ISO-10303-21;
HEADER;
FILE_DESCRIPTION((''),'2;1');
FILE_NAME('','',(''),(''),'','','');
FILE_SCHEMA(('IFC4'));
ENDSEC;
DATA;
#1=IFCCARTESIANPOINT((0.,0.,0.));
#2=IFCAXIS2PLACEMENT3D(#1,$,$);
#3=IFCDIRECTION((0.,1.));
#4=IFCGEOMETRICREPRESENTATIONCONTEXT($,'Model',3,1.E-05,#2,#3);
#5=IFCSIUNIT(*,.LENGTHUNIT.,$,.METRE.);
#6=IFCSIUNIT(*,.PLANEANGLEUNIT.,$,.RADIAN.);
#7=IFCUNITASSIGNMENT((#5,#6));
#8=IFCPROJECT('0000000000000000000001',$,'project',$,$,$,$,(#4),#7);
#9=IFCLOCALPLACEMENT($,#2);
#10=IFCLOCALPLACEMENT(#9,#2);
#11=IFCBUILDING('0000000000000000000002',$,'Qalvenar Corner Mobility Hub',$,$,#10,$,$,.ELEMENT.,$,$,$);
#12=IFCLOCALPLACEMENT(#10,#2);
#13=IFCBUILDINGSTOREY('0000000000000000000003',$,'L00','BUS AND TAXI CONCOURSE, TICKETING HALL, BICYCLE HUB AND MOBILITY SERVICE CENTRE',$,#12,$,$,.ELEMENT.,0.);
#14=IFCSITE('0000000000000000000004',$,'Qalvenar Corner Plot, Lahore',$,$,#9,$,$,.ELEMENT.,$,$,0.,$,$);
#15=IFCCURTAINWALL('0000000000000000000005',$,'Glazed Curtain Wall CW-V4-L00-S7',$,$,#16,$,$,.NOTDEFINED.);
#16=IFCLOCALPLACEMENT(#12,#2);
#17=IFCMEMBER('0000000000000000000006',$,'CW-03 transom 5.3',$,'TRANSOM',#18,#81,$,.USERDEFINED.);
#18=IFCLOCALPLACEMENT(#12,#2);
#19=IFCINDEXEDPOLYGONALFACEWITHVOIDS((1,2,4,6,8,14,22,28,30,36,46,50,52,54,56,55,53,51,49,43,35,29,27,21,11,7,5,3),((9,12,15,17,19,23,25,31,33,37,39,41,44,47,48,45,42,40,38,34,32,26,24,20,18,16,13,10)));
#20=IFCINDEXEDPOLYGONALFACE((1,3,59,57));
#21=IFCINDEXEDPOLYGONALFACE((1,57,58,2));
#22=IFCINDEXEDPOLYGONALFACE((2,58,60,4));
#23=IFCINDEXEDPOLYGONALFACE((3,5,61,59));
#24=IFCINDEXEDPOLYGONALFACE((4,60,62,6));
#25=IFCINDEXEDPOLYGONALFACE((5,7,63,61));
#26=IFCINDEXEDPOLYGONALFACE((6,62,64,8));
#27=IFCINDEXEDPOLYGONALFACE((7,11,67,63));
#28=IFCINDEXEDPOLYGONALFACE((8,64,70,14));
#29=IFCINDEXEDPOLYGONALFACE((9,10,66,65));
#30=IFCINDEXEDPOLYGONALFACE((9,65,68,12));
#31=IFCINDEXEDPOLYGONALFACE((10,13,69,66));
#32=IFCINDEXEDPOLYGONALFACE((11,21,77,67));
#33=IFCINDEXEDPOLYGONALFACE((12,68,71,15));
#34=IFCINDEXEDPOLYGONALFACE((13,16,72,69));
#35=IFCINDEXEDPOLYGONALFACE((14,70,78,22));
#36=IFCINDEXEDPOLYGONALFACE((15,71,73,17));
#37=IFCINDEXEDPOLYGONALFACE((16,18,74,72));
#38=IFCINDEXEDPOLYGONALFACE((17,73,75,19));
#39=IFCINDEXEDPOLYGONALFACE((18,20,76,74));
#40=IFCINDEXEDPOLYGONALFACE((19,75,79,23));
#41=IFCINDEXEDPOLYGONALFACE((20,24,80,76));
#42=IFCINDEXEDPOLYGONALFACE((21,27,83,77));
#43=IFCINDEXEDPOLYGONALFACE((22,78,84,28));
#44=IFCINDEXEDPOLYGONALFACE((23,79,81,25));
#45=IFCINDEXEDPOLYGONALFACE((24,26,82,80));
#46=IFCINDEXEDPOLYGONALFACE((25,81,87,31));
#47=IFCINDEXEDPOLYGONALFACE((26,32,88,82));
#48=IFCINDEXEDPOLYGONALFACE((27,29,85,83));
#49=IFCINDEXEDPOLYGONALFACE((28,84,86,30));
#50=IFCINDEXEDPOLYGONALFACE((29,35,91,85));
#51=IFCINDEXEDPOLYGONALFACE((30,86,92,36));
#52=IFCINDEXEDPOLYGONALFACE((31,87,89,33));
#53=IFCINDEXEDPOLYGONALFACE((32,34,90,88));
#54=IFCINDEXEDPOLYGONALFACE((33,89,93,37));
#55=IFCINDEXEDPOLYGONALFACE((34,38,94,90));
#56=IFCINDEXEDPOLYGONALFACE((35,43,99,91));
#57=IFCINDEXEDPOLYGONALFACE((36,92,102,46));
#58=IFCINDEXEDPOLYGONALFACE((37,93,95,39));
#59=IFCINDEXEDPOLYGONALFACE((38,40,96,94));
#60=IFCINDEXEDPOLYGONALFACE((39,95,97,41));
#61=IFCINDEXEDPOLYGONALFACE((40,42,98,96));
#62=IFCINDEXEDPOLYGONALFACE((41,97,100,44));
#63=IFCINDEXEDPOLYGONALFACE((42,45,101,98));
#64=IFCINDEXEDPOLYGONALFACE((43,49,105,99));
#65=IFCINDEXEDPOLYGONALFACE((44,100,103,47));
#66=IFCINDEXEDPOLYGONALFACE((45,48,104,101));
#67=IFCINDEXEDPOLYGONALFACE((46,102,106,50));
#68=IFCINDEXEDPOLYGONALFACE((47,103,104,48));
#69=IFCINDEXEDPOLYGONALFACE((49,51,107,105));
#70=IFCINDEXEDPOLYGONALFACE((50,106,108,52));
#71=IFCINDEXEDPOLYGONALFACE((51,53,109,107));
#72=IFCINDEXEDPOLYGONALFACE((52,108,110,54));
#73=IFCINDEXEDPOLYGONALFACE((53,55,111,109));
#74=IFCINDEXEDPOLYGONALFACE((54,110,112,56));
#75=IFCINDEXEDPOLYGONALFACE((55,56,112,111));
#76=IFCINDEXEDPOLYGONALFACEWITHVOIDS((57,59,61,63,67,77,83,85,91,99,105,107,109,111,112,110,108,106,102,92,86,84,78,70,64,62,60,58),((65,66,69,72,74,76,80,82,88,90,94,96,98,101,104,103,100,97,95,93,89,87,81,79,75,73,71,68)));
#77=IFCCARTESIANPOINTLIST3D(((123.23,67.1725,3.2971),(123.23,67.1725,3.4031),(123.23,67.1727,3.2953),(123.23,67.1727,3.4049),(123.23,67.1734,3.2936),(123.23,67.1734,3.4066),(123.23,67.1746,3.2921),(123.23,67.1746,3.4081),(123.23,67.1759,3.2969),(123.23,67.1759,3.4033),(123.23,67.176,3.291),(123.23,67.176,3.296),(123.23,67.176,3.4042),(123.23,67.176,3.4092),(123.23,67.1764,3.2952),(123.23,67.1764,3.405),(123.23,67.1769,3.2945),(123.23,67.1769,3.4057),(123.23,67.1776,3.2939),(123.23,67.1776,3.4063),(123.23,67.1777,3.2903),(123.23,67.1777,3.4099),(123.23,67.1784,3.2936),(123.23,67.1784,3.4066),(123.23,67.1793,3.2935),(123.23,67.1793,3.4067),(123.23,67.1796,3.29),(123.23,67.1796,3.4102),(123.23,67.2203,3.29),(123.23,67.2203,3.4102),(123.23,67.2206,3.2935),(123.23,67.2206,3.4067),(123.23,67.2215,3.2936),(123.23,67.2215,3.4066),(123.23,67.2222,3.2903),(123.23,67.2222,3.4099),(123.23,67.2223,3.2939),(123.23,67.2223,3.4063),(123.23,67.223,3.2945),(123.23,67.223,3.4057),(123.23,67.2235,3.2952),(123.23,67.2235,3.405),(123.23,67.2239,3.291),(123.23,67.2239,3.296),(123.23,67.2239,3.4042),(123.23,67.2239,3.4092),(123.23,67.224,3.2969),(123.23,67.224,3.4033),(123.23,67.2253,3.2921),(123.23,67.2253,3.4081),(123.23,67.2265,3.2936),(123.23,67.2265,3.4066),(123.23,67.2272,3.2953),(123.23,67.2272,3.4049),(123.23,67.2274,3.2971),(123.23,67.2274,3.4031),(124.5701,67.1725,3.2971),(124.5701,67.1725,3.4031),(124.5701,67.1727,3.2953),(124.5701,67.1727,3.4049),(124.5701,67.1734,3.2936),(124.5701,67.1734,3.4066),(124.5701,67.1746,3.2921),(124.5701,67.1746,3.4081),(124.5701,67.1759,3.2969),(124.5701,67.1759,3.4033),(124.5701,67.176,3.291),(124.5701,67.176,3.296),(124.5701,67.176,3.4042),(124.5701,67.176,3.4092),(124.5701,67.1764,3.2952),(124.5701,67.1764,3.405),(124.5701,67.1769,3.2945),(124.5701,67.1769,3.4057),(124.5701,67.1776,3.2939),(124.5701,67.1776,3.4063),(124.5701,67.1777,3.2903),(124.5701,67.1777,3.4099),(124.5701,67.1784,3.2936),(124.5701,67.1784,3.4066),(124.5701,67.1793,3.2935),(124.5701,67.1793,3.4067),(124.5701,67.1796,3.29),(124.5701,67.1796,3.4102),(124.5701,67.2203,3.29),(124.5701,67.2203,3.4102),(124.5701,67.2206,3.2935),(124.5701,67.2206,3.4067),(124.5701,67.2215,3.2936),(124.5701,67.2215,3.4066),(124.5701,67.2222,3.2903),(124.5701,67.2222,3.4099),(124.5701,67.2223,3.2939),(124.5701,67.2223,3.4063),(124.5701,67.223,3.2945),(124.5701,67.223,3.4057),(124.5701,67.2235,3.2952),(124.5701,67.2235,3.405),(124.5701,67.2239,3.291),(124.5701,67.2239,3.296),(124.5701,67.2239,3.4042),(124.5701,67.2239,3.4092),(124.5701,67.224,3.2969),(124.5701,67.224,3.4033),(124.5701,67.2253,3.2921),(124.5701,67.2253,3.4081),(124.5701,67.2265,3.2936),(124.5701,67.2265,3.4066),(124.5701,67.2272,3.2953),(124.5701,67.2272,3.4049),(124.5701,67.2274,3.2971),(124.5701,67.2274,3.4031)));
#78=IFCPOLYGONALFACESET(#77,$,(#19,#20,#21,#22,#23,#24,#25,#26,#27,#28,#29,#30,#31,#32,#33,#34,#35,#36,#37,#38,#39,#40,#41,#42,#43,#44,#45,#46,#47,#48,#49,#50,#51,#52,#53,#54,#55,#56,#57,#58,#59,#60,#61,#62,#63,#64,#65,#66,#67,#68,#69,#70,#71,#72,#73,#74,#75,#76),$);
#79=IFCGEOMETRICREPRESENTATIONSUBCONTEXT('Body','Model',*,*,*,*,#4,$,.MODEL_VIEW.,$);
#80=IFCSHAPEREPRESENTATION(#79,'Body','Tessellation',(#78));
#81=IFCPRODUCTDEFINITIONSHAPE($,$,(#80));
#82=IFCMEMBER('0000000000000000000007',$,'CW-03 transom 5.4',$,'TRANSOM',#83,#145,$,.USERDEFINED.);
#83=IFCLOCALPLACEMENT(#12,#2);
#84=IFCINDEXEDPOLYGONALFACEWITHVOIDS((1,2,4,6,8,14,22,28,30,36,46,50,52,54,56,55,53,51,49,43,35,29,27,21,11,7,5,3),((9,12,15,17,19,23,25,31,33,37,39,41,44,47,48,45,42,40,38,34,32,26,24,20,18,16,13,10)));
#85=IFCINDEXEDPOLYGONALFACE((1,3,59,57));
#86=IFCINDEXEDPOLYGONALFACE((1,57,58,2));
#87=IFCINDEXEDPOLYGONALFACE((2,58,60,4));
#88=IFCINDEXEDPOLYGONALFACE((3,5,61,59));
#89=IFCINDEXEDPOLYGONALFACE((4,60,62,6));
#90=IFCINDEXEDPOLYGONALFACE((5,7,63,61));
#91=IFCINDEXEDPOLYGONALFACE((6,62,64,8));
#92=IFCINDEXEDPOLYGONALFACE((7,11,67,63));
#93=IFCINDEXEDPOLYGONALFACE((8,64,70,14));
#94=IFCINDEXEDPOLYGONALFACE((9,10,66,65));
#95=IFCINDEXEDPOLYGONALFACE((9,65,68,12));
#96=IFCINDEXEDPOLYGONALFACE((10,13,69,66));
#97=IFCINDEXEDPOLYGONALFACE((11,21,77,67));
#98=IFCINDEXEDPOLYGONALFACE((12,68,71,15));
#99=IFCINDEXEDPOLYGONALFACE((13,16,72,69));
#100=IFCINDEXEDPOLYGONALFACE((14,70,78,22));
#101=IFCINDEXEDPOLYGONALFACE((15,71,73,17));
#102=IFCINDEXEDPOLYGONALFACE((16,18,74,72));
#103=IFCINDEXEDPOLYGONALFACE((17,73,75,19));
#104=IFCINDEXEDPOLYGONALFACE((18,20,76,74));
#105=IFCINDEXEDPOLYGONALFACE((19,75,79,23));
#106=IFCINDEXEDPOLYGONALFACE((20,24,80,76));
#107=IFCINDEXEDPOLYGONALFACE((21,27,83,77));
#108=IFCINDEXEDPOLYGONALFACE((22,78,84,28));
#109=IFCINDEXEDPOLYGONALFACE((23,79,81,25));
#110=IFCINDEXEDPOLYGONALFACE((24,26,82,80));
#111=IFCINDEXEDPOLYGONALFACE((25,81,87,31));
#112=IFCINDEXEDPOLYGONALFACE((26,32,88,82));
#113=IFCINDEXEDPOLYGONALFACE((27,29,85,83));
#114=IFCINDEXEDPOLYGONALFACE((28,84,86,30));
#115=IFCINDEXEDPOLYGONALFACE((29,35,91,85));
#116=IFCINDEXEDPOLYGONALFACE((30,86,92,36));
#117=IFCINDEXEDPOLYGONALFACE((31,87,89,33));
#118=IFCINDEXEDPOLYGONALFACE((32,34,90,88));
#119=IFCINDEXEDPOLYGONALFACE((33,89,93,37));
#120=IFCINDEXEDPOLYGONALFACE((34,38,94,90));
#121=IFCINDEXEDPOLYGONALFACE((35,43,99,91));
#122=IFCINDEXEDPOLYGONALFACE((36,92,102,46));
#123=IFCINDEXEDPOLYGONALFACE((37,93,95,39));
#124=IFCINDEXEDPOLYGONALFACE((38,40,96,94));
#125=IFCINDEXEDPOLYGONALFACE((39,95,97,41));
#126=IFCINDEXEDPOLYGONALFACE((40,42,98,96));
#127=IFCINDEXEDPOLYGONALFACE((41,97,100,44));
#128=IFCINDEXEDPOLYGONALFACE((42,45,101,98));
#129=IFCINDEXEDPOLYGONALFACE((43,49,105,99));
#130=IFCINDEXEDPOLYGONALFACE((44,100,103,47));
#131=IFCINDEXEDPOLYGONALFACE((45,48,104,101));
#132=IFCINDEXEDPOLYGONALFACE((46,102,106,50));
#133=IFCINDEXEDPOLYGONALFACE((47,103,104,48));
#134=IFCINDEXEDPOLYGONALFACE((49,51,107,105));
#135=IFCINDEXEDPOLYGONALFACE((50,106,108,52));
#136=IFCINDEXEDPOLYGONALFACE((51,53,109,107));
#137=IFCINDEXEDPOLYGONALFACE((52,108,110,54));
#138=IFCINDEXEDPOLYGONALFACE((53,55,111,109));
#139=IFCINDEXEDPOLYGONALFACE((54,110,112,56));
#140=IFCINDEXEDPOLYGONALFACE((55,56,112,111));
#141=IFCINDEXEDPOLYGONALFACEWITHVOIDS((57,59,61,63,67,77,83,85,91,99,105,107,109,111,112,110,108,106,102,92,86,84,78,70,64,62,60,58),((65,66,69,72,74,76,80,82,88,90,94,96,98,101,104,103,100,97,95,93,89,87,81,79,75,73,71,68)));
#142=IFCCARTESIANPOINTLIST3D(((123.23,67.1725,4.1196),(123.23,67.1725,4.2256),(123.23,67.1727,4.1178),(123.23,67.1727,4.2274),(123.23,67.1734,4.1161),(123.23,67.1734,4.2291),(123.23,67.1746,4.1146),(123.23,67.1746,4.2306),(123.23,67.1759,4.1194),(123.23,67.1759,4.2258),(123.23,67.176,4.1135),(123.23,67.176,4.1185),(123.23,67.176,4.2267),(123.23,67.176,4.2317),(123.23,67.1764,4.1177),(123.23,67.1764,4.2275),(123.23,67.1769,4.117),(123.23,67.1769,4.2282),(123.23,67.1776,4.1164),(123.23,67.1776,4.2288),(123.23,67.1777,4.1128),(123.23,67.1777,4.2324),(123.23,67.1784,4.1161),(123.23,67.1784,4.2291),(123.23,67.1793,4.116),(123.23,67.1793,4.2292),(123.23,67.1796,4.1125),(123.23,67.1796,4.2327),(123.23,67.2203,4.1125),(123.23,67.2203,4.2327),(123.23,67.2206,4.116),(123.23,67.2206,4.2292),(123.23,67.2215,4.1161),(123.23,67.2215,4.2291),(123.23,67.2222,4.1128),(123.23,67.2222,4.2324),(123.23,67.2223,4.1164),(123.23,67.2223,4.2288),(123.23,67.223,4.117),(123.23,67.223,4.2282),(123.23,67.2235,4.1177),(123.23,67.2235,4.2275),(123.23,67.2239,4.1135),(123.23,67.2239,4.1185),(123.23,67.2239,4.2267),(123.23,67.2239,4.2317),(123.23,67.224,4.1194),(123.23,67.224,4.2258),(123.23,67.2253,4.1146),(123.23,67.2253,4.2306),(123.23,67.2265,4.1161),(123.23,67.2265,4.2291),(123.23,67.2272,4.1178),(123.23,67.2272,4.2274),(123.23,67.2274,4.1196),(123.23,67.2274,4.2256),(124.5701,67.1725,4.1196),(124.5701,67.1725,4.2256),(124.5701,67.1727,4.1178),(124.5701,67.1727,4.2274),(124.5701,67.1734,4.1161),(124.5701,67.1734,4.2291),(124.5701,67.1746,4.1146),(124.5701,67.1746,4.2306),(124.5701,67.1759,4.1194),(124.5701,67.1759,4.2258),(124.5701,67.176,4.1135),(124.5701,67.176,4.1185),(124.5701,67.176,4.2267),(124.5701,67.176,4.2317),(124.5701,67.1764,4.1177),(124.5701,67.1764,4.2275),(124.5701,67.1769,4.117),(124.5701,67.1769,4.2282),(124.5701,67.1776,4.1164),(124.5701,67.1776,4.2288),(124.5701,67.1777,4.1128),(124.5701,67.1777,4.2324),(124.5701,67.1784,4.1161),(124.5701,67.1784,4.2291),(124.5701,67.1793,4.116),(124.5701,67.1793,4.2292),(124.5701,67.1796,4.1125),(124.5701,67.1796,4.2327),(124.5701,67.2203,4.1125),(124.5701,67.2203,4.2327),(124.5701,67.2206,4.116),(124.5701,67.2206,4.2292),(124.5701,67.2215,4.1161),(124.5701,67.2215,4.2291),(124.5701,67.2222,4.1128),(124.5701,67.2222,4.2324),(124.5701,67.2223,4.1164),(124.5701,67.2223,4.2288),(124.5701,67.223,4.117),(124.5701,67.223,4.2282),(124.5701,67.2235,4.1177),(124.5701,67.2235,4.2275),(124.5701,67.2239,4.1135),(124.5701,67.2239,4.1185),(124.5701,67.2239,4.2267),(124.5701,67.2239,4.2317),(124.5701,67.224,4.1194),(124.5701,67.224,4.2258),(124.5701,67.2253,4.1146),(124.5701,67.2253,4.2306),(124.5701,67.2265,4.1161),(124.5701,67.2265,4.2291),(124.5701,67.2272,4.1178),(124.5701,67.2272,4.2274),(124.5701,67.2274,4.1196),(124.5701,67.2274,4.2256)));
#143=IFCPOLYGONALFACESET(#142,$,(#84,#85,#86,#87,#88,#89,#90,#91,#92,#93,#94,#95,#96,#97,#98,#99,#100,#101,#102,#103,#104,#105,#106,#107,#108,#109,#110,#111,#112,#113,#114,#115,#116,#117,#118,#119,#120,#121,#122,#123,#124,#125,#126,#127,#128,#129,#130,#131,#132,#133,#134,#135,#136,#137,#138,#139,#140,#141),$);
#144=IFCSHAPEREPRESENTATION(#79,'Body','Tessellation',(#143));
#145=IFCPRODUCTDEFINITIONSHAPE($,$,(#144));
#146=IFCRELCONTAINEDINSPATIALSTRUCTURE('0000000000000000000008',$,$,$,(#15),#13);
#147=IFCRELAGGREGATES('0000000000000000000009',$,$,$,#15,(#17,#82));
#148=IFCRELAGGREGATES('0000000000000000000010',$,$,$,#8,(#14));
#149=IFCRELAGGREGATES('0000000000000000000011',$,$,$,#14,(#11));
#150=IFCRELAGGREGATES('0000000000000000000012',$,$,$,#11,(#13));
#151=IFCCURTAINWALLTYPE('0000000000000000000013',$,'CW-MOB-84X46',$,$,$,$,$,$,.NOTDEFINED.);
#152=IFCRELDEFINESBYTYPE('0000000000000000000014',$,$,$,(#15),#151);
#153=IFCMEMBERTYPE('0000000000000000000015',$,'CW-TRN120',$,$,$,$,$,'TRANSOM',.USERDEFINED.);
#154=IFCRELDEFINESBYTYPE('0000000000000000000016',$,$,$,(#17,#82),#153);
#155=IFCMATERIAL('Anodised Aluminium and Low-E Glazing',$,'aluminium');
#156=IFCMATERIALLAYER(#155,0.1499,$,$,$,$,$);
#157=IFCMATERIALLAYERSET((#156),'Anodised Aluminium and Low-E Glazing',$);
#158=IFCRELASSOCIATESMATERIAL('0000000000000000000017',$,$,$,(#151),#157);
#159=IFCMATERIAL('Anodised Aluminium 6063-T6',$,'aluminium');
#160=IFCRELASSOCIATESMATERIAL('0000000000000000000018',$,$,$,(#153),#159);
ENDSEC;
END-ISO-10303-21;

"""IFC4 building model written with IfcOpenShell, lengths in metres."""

from ifc_helpers import new_model, si_unit, direction, frame, origin, origin_2d, place, context, subcontext, project, spatial, hollow_rectangle, extrude, material, layer, layer_set, material_profile, profile_set, type_object, element, aggregate, save


model = new_model("IFC4")

# Units and contexts
model_context = context("Model", 3, precision=1e-05, world=origin(), true_north=direction((0.0, 1.0)))
body_context = subcontext(model_context, "Body", "Model", "MODEL_VIEW")
ifc_project = project(units=[si_unit("LENGTHUNIT", "METRE"), si_unit("PLANEANGLEUNIT", "RADIAN")], contexts=[model_context])

# Site, building, storey
site_placement = place(None, origin())
site = spatial("IfcSite", under=ifc_project, at=site_placement, Name="Qalvenar Corner Plot, Lahore", CompositionType="ELEMENT", RefElevation=0.0)
building_placement = place(site_placement, origin())
building = spatial("IfcBuilding", under=site, at=building_placement, Name="Qalvenar Corner Mobility Hub", CompositionType="ELEMENT")
storey_placement = place(building_placement, origin())
storey = spatial("IfcBuildingStorey", under=building, at=storey_placement, Name="L00", Description="BUS AND TAXI CONCOURSE, TICKETING HALL, BICYCLE HUB AND MOBILITY SERVICE CENTRE", CompositionType="ELEMENT", Elevation=0.0)

# Curtain wall, members
ifc_material_1 = material(Name="Anodised Aluminium and Low-E Glazing", Category="aluminium")
ifc_layer_1 = layer(ifc_material_1, 0.1499)
ifc_layer_set_1 = layer_set([ifc_layer_1], Name="Anodised Aluminium and Low-E Glazing")
curtain_wall_type = type_object("IfcCurtainWallType", Name="CW-MOB-84X46", PredefinedType="NOTDEFINED", material=ifc_layer_set_1)
curtain_wall_placement = place(storey_placement, origin())
curtain_wall = element("IfcCurtainWall", 1, at=curtain_wall_placement, inside=storey, type_object=curtain_wall_type, Name="Glazed Curtain Wall CW-V4-L00-S7", PredefinedType="NOTDEFINED")
ifc_material_2 = material(Name="Anodised Aluminium 6063-T6", Category="aluminium")
ifc_material_profile_1 = material_profile(ifc_material_2, hollow_rectangle(XDim=0.0549, YDim=0.1201, WallThickness=0.0034, InnerFilletRadius=0.0034, OuterFilletRadius=0.0071, at=origin_2d()), Name="RHS120x55x3.5")
ifc_profile_set_1 = profile_set([ifc_material_profile_1], Name="Anodised Aluminium 6063-T6")
member_type_1 = type_object("IfcMemberType", Name="CW-TRN120", ElementType="TRANSOM", PredefinedType="USERDEFINED", material=ifc_profile_set_1)
member_1_placement = place(storey_placement, frame((123.23, 67.2, 3.3501), z_axis=(1.0, 0.0, 0.0), x_axis=(0.0, 1.0, 0.0)))
member_1 = element("IfcMember", 2, at=member_1_placement, type_object=member_type_1, Name="CW-03 transom 5.3", ObjectType="TRANSOM", PredefinedType="USERDEFINED", context=body_context, shape_type="SweptSolid", body=[
    extrude(hollow_rectangle(XDim=0.0549, YDim=0.1201, WallThickness=0.0034, InnerFilletRadius=0.0034, OuterFilletRadius=0.0071, at=origin_2d()), origin(), (0.0, 0.0, 1.0), 1.3401),
])
member_2_placement = place(storey_placement, frame((123.23, 67.2, 4.1726), z_axis=(1.0, 0.0, 0.0), x_axis=(0.0, 1.0, 0.0)))
member_2 = element("IfcMember", 3, at=member_2_placement, type_object=member_type_1, Name="CW-03 transom 5.4", ObjectType="TRANSOM", PredefinedType="USERDEFINED", context=body_context, shape_type="SweptSolid", body=[
    extrude(hollow_rectangle(XDim=0.0549, YDim=0.1201, WallThickness=0.0034, InnerFilletRadius=0.0034, OuterFilletRadius=0.0071, at=origin_2d()), origin(), (0.0, 0.0, 1.0), 1.3401),
])
aggregate(curtain_wall, [member_1, member_2])

save(model, "model.ifc")
